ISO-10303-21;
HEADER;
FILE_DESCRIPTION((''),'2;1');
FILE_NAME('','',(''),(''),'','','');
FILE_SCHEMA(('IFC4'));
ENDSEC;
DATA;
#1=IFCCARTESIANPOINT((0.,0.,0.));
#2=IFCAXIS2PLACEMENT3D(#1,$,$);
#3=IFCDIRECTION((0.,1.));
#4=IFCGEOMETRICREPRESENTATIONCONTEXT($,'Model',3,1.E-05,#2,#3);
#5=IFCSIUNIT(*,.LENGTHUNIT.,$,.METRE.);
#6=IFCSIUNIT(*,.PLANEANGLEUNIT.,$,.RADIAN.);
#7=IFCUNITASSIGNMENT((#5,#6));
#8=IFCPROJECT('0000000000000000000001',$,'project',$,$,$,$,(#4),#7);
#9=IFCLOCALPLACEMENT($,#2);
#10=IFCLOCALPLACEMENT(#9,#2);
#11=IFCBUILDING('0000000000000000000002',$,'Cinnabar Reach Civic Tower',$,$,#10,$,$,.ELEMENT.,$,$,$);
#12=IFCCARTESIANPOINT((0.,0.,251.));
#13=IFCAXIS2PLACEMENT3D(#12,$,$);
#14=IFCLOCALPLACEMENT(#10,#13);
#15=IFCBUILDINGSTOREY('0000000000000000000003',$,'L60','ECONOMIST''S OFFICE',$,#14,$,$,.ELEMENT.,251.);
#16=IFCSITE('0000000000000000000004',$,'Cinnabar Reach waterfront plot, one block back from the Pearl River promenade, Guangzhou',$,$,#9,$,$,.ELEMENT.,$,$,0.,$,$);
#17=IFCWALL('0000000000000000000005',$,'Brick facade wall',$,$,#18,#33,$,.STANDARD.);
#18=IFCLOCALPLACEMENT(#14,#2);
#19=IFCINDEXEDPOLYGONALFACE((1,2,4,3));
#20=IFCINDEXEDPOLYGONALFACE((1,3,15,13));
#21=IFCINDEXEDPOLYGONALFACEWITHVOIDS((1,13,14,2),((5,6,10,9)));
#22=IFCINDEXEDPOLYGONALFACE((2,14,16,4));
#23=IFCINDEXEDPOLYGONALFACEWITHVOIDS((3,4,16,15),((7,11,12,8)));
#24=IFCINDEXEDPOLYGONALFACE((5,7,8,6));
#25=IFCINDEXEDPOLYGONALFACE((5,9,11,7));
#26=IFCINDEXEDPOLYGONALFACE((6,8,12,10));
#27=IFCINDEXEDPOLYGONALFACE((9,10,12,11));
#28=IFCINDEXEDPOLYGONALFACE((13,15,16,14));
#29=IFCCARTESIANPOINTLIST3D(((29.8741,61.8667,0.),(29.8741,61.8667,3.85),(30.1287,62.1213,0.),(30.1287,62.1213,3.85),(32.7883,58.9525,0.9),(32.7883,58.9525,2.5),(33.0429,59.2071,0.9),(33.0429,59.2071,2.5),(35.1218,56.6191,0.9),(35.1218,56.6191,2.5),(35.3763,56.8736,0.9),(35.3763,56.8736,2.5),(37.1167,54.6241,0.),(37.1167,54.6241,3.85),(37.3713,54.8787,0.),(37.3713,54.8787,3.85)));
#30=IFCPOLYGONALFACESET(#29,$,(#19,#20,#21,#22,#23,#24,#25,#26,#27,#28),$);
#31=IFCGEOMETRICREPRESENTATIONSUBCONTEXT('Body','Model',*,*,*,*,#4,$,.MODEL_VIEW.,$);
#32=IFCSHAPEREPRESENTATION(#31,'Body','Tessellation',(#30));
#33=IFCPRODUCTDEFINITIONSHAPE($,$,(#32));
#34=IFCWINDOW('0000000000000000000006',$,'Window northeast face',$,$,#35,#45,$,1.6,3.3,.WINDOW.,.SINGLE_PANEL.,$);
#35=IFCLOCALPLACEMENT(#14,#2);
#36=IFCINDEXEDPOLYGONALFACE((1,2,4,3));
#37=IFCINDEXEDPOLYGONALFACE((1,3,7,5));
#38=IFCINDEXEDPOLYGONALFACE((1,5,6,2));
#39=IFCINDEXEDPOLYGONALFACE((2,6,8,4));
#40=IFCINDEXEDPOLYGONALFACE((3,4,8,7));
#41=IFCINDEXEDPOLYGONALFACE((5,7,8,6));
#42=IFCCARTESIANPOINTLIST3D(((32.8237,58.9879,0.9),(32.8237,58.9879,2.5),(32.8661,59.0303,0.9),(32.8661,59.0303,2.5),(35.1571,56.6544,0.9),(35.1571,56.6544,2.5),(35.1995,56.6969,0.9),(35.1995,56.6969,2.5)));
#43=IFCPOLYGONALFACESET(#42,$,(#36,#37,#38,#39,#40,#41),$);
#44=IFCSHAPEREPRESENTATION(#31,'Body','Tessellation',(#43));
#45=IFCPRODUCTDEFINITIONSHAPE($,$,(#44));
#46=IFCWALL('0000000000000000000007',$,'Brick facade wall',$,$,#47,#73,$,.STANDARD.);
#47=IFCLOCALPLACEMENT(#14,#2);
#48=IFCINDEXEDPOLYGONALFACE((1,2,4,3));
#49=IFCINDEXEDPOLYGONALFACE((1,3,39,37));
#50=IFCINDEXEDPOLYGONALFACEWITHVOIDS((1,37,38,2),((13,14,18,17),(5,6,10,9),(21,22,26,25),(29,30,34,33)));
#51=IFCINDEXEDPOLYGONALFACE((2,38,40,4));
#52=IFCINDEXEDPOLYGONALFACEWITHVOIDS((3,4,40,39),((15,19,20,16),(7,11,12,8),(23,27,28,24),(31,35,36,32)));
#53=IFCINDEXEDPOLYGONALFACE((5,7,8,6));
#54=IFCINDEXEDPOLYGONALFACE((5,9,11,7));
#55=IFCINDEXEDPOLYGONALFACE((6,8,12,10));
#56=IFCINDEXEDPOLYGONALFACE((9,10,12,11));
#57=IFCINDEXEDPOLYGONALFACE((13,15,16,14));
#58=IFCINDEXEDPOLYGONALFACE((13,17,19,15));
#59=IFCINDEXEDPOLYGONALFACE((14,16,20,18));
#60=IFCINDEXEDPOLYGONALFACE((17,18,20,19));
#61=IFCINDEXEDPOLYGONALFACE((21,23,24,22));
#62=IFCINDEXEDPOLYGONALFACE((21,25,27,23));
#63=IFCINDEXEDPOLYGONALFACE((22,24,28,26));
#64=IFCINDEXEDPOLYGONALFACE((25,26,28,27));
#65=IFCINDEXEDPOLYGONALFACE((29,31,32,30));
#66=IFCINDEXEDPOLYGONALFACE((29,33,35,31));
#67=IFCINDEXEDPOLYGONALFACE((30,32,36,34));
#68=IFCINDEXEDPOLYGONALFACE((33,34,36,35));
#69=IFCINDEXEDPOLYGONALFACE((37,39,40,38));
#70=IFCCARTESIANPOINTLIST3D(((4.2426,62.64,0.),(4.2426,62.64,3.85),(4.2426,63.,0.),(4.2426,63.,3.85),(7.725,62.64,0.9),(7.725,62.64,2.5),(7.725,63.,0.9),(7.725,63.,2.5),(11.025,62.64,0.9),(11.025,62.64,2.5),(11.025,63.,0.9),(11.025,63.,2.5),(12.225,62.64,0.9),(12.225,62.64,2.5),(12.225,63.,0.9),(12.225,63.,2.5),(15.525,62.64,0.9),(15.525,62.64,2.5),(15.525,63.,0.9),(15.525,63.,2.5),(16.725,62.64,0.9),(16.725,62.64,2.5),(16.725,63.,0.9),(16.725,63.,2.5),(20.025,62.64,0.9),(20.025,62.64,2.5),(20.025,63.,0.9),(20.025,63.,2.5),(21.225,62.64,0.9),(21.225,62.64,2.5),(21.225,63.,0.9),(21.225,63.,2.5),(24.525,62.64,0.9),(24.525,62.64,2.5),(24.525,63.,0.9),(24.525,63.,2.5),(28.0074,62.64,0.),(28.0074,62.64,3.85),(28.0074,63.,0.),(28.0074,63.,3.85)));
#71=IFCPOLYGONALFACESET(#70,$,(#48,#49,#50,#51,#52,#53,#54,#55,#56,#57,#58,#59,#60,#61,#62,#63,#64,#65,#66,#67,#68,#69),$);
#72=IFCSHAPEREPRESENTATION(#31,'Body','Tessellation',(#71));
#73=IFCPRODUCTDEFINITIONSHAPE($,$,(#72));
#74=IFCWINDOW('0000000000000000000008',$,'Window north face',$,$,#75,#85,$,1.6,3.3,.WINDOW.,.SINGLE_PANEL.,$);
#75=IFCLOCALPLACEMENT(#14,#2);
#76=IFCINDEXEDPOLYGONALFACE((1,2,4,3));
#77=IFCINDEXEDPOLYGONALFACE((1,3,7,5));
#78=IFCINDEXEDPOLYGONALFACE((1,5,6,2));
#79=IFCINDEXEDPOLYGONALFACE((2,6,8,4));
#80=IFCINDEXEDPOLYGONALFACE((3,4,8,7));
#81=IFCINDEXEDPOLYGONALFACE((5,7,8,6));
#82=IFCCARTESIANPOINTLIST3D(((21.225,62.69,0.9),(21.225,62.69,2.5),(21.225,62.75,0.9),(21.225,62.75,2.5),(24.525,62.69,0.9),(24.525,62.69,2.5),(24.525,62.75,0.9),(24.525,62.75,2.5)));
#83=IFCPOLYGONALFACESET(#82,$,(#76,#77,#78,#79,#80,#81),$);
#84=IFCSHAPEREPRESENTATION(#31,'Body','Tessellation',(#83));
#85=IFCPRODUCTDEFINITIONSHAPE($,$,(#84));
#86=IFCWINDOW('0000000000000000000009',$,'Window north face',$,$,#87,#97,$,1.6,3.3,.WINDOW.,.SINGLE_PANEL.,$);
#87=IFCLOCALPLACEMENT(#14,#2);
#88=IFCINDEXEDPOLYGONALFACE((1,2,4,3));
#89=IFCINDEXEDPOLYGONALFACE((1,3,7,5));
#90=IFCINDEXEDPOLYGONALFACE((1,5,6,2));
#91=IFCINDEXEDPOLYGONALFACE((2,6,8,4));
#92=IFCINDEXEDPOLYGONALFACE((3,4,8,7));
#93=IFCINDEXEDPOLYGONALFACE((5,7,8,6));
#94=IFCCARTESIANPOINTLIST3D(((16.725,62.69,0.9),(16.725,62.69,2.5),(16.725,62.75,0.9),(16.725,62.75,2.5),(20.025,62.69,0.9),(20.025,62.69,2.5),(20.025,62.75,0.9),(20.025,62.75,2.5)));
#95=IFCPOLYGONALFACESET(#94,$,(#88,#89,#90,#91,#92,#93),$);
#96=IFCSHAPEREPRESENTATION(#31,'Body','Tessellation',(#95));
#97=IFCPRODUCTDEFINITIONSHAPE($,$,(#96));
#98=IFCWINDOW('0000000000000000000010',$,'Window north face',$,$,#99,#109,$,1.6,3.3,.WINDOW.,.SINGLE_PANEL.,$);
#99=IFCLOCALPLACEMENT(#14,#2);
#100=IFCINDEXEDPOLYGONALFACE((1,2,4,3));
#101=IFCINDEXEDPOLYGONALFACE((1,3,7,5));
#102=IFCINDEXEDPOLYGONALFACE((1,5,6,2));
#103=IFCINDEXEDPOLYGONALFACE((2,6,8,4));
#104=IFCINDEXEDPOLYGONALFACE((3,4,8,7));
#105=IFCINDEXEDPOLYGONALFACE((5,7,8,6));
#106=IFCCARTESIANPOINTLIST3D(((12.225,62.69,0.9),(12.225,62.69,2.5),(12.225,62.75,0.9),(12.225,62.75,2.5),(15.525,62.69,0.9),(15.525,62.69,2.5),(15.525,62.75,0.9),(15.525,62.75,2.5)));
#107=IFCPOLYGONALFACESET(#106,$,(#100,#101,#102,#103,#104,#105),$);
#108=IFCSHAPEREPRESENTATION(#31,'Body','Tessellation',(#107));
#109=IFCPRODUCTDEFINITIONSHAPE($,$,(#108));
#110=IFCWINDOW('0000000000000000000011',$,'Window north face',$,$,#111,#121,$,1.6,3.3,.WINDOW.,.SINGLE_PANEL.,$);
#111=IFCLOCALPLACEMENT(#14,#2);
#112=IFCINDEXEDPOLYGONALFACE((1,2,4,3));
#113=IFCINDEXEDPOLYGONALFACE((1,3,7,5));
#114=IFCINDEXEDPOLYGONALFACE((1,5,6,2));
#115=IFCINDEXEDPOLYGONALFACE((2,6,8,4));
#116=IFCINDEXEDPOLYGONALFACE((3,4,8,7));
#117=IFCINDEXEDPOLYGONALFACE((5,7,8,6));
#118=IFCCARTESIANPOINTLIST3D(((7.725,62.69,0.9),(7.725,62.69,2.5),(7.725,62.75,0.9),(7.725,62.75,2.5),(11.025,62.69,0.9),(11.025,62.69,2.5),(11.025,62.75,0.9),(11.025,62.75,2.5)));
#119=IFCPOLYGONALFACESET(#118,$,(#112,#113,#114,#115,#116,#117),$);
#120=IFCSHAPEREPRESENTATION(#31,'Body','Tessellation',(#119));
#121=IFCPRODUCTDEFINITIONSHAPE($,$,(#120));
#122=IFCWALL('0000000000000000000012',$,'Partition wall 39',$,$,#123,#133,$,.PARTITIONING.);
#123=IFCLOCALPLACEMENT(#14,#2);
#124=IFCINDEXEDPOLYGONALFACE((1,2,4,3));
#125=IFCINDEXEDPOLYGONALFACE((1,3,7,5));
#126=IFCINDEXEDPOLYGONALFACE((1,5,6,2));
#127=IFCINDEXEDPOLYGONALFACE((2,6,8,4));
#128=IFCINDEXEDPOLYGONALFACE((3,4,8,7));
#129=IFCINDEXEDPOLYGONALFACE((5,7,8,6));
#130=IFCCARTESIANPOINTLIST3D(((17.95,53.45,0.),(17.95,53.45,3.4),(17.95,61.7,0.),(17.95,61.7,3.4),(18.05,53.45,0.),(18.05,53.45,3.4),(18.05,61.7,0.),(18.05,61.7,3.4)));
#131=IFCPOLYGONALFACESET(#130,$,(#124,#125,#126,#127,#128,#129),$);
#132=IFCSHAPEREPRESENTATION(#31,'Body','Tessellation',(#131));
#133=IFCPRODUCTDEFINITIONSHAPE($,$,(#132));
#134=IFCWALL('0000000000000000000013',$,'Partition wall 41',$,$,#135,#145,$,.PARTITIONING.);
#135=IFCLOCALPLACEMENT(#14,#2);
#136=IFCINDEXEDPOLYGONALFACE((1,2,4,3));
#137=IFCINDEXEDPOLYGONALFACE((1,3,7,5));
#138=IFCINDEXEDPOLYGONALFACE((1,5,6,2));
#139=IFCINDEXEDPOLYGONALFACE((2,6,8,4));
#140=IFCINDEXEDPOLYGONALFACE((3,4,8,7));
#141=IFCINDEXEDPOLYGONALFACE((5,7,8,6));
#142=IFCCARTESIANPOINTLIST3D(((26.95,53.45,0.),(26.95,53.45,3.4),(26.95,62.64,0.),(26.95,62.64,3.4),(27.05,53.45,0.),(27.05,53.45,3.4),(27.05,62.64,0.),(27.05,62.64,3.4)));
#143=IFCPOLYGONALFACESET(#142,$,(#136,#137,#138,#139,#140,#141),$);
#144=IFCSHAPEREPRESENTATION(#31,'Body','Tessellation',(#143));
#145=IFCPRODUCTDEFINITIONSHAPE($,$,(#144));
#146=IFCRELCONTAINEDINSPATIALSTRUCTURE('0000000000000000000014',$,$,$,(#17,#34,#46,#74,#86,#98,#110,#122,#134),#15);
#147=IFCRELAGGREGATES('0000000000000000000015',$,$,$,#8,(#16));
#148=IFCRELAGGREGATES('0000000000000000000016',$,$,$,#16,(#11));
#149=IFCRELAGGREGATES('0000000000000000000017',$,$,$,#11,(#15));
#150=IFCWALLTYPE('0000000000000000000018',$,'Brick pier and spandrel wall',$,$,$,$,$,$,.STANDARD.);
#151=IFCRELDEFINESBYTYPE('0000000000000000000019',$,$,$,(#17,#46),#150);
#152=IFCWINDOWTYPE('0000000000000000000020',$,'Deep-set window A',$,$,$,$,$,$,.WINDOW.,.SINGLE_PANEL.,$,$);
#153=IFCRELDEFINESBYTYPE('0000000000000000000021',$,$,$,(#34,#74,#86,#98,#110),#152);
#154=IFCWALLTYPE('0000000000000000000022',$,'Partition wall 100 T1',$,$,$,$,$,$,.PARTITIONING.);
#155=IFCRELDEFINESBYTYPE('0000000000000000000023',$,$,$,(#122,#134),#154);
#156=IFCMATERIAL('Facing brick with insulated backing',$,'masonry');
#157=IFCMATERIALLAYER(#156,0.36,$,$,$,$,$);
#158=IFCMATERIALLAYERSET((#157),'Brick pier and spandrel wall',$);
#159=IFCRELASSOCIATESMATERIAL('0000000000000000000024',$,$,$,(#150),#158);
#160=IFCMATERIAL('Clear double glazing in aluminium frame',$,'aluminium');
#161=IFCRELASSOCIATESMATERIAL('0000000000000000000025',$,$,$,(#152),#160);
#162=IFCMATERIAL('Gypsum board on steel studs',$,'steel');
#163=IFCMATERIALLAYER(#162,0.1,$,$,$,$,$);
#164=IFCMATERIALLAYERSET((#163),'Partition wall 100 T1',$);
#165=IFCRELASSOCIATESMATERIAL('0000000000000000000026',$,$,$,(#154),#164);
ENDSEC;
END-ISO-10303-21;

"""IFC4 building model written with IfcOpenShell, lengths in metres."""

from ifc_helpers import new_model, si_unit, direction, frame, frame_2d, origin, place, context, subcontext, project, spatial, rectangle, extrude, material, layer, layer_set, type_object, element, fill, save


model = new_model("IFC4")

# Units and contexts
model_context = context("Model", 3, precision=1e-05, world=origin(), true_north=direction((0.0, 1.0)))
body_context = subcontext(model_context, "Body", "Model", "MODEL_VIEW")
ifc_project = project(units=[si_unit("LENGTHUNIT", "METRE"), si_unit("PLANEANGLEUNIT", "RADIAN")], contexts=[model_context])

# Site, building, storey
site_placement = place(None, origin())
site = spatial("IfcSite", under=ifc_project, at=site_placement, Name="Cinnabar Reach waterfront plot, one block back from the Pearl River promenade, Guangzhou", CompositionType="ELEMENT", RefElevation=0.0)
building_placement = place(site_placement, origin())
building = spatial("IfcBuilding", under=site, at=building_placement, Name="Cinnabar Reach Civic Tower", CompositionType="ELEMENT")
storey_placement = place(building_placement, frame((0.0, 0.0, 251.0)))
storey = spatial("IfcBuildingStorey", under=building, at=storey_placement, Name="L60", Description="ECONOMIST'S OFFICE", CompositionType="ELEMENT", Elevation=251.0)

# Shared definitions
ifc_material_1 = material(Name="Facing brick with insulated backing", Category="masonry")

# Wall, opening, window
ifc_layer_1 = layer(ifc_material_1, 0.36)
ifc_layer_set_1 = layer_set([ifc_layer_1], Name="Brick pier and spandrel wall")
wall_type_1 = type_object("IfcWallType", Name="Brick pier and spandrel wall", PredefinedType="STANDARD", material=ifc_layer_set_1)
wall_1_placement = place(storey_placement, frame((37.244, 54.7514, 0.0), z_axis=(0.0, 0.0, 1.0), x_axis=(-0.707107, 0.707107, 0.0)))
wall_1 = element("IfcWall", 1, at=wall_1_placement, inside=storey, type_object=wall_type_1, Name="Brick facade wall", PredefinedType="STANDARD", context=body_context, shape_type="SweptSolid", body=[
    extrude(rectangle(XDim=10.2426, YDim=0.36, at=frame_2d((5.1213, 0.0))), origin(), (0.0, 0.0, 1.0), 3.85),
])
opening_1_placement = place(wall_1_placement, frame((2.8213, 0.0, 0.9)))
opening_1 = element("IfcOpeningElement", 2, at=opening_1_placement, cuts=wall_1, PredefinedType="OPENING", context=body_context, shape_type="SweptSolid", body=[
    extrude(rectangle(XDim=3.3, YDim=1.6, at=frame_2d((1.65, 0.8))), frame((0.0, 0.19, 0.0), z_axis=(0.0, -1.0, 0.0), x_axis=(1.0, 0.0, 0.0)), (0.0, 0.0, 1.0), 0.38),
])
ifc_material_2 = material(Name="Clear double glazing in aluminium frame", Category="aluminium")
window_type = type_object("IfcWindowType", Name="Deep-set window A", PartitioningType="SINGLE_PANEL", PredefinedType="WINDOW", material=ifc_material_2)
window_1_placement = place(opening_1_placement, origin())
window_1 = element("IfcWindow", 3, at=window_1_placement, inside=storey, type_object=window_type, Name="Window northeast face", OverallHeight=1.6, OverallWidth=3.3, PartitioningType="SINGLE_PANEL", PredefinedType="WINDOW", context=body_context, shape_type="SweptSolid", body=[
    extrude(rectangle(XDim=3.3, YDim=1.6, at=frame_2d((1.65, 0.8))), frame((0.0, 0.13, 0.0), z_axis=(0.0, -1.0, 0.0), x_axis=(1.0, 0.0, 0.0)), (0.0, 0.0, 1.0), 0.06),
])
fill(opening_1, window_1)

# Wall, openings, windows
wall_2_placement = place(storey_placement, frame((28.0074, 62.82, 0.0), z_axis=(0.0, 0.0, 1.0), x_axis=(-1.0, 0.0, 0.0)))
wall_2 = element("IfcWall", 4, at=wall_2_placement, inside=storey, type_object=wall_type_1, Name="Brick facade wall", PredefinedType="STANDARD", context=body_context, shape_type="SweptSolid", body=[
    extrude(rectangle(XDim=23.7648, YDim=0.36, at=frame_2d((11.8824, 0.0))), origin(), (0.0, 0.0, 1.0), 3.85),
])
opening_2_placement = place(wall_2_placement, frame((3.4824, 0.0, 0.9)))
opening_2 = element("IfcOpeningElement", 5, at=opening_2_placement, cuts=wall_2, PredefinedType="OPENING", context=body_context, shape_type="SweptSolid", body=[
    extrude(rectangle(XDim=3.3, YDim=1.6, at=frame_2d((1.65, 0.8))), frame((0.0, 0.19, 0.0), z_axis=(0.0, -1.0, 0.0), x_axis=(1.0, 0.0, 0.0)), (0.0, 0.0, 1.0), 0.38),
])
opening_3_placement = place(wall_2_placement, frame((7.9824, 0.0, 0.9)))
opening_3 = element("IfcOpeningElement", 6, at=opening_3_placement, cuts=wall_2, PredefinedType="OPENING", context=body_context, shape_type="SweptSolid", body=[
    extrude(rectangle(XDim=3.3, YDim=1.6, at=frame_2d((1.65, 0.8))), frame((0.0, 0.19, 0.0), z_axis=(0.0, -1.0, 0.0), x_axis=(1.0, 0.0, 0.0)), (0.0, 0.0, 1.0), 0.38),
])
opening_4_placement = place(wall_2_placement, frame((12.4824, 0.0, 0.9)))
opening_4 = element("IfcOpeningElement", 7, at=opening_4_placement, cuts=wall_2, PredefinedType="OPENING", context=body_context, shape_type="SweptSolid", body=[
    extrude(rectangle(XDim=3.3, YDim=1.6, at=frame_2d((1.65, 0.8))), frame((0.0, 0.19, 0.0), z_axis=(0.0, -1.0, 0.0), x_axis=(1.0, 0.0, 0.0)), (0.0, 0.0, 1.0), 0.38),
])
opening_5_placement = place(wall_2_placement, frame((16.9824, 0.0, 0.9)))
opening_5 = element("IfcOpeningElement", 8, at=opening_5_placement, cuts=wall_2, PredefinedType="OPENING", context=body_context, shape_type="SweptSolid", body=[
    extrude(rectangle(XDim=3.3, YDim=1.6, at=frame_2d((1.65, 0.8))), frame((0.0, 0.19, 0.0), z_axis=(0.0, -1.0, 0.0), x_axis=(1.0, 0.0, 0.0)), (0.0, 0.0, 1.0), 0.38),
])
window_2_placement = place(opening_2_placement, origin())
window_2 = element("IfcWindow", 9, at=window_2_placement, inside=storey, type_object=window_type, Name="Window north face", OverallHeight=1.6, OverallWidth=3.3, PartitioningType="SINGLE_PANEL", PredefinedType="WINDOW", context=body_context, shape_type="SweptSolid", body=[
    extrude(rectangle(XDim=3.3, YDim=1.6, at=frame_2d((1.65, 0.8))), frame((0.0, 0.13, 0.0), z_axis=(0.0, -1.0, 0.0), x_axis=(1.0, 0.0, 0.0)), (0.0, 0.0, 1.0), 0.06),
])
fill(opening_2, window_2)
window_3_placement = place(opening_3_placement, origin())
window_3 = element("IfcWindow", 10, at=window_3_placement, inside=storey, type_object=window_type, Name="Window north face", OverallHeight=1.6, OverallWidth=3.3, PartitioningType="SINGLE_PANEL", PredefinedType="WINDOW", context=body_context, shape_type="SweptSolid", body=[
    extrude(rectangle(XDim=3.3, YDim=1.6, at=frame_2d((1.65, 0.8))), frame((0.0, 0.13, 0.0), z_axis=(0.0, -1.0, 0.0), x_axis=(1.0, 0.0, 0.0)), (0.0, 0.0, 1.0), 0.06),
])
fill(opening_3, window_3)
window_4_placement = place(opening_4_placement, origin())
window_4 = element("IfcWindow", 11, at=window_4_placement, inside=storey, type_object=window_type, Name="Window north face", OverallHeight=1.6, OverallWidth=3.3, PartitioningType="SINGLE_PANEL", PredefinedType="WINDOW", context=body_context, shape_type="SweptSolid", body=[
    extrude(rectangle(XDim=3.3, YDim=1.6, at=frame_2d((1.65, 0.8))), frame((0.0, 0.13, 0.0), z_axis=(0.0, -1.0, 0.0), x_axis=(1.0, 0.0, 0.0)), (0.0, 0.0, 1.0), 0.06),
])
fill(opening_4, window_4)
window_5_placement = place(opening_5_placement, origin())
window_5 = element("IfcWindow", 12, at=window_5_placement, inside=storey, type_object=window_type, Name="Window north face", OverallHeight=1.6, OverallWidth=3.3, PartitioningType="SINGLE_PANEL", PredefinedType="WINDOW", context=body_context, shape_type="SweptSolid", body=[
    extrude(rectangle(XDim=3.3, YDim=1.6, at=frame_2d((1.65, 0.8))), frame((0.0, 0.13, 0.0), z_axis=(0.0, -1.0, 0.0), x_axis=(1.0, 0.0, 0.0)), (0.0, 0.0, 1.0), 0.06),
])
fill(opening_5, window_5)

# Walls
ifc_material_3 = material(Name="Gypsum board on steel studs", Category="steel")
ifc_layer_2 = layer(ifc_material_3, 0.1)
ifc_layer_set_2 = layer_set([ifc_layer_2], Name="Partition wall 100 T1")
wall_type_2 = type_object("IfcWallType", Name="Partition wall 100 T1", PredefinedType="PARTITIONING", material=ifc_layer_set_2)
wall_3_placement = place(storey_placement, frame((18.0, 53.45, 0.0), z_axis=(0.0, 0.0, 1.0), x_axis=(0.0, 1.0, 0.0)))
element("IfcWall", 13, at=wall_3_placement, inside=storey, type_object=wall_type_2, Name="Partition wall 39", PredefinedType="PARTITIONING", context=body_context, shape_type="SweptSolid", body=[
    extrude(rectangle(XDim=8.25, YDim=0.1, at=frame_2d((4.125, 0.0))), origin(), (0.0, 0.0, 1.0), 3.4),
])
wall_4_placement = place(storey_placement, frame((27.0, 53.45, 0.0), z_axis=(0.0, 0.0, 1.0), x_axis=(0.0, 1.0, 0.0)))
element("IfcWall", 14, at=wall_4_placement, inside=storey, type_object=wall_type_2, Name="Partition wall 41", PredefinedType="PARTITIONING", context=body_context, shape_type="SweptSolid", body=[
    extrude(rectangle(XDim=9.19, YDim=0.1, at=frame_2d((4.595, 0.0))), origin(), (0.0, 0.0, 1.0), 3.4),
])

save(model, "model.ifc")
